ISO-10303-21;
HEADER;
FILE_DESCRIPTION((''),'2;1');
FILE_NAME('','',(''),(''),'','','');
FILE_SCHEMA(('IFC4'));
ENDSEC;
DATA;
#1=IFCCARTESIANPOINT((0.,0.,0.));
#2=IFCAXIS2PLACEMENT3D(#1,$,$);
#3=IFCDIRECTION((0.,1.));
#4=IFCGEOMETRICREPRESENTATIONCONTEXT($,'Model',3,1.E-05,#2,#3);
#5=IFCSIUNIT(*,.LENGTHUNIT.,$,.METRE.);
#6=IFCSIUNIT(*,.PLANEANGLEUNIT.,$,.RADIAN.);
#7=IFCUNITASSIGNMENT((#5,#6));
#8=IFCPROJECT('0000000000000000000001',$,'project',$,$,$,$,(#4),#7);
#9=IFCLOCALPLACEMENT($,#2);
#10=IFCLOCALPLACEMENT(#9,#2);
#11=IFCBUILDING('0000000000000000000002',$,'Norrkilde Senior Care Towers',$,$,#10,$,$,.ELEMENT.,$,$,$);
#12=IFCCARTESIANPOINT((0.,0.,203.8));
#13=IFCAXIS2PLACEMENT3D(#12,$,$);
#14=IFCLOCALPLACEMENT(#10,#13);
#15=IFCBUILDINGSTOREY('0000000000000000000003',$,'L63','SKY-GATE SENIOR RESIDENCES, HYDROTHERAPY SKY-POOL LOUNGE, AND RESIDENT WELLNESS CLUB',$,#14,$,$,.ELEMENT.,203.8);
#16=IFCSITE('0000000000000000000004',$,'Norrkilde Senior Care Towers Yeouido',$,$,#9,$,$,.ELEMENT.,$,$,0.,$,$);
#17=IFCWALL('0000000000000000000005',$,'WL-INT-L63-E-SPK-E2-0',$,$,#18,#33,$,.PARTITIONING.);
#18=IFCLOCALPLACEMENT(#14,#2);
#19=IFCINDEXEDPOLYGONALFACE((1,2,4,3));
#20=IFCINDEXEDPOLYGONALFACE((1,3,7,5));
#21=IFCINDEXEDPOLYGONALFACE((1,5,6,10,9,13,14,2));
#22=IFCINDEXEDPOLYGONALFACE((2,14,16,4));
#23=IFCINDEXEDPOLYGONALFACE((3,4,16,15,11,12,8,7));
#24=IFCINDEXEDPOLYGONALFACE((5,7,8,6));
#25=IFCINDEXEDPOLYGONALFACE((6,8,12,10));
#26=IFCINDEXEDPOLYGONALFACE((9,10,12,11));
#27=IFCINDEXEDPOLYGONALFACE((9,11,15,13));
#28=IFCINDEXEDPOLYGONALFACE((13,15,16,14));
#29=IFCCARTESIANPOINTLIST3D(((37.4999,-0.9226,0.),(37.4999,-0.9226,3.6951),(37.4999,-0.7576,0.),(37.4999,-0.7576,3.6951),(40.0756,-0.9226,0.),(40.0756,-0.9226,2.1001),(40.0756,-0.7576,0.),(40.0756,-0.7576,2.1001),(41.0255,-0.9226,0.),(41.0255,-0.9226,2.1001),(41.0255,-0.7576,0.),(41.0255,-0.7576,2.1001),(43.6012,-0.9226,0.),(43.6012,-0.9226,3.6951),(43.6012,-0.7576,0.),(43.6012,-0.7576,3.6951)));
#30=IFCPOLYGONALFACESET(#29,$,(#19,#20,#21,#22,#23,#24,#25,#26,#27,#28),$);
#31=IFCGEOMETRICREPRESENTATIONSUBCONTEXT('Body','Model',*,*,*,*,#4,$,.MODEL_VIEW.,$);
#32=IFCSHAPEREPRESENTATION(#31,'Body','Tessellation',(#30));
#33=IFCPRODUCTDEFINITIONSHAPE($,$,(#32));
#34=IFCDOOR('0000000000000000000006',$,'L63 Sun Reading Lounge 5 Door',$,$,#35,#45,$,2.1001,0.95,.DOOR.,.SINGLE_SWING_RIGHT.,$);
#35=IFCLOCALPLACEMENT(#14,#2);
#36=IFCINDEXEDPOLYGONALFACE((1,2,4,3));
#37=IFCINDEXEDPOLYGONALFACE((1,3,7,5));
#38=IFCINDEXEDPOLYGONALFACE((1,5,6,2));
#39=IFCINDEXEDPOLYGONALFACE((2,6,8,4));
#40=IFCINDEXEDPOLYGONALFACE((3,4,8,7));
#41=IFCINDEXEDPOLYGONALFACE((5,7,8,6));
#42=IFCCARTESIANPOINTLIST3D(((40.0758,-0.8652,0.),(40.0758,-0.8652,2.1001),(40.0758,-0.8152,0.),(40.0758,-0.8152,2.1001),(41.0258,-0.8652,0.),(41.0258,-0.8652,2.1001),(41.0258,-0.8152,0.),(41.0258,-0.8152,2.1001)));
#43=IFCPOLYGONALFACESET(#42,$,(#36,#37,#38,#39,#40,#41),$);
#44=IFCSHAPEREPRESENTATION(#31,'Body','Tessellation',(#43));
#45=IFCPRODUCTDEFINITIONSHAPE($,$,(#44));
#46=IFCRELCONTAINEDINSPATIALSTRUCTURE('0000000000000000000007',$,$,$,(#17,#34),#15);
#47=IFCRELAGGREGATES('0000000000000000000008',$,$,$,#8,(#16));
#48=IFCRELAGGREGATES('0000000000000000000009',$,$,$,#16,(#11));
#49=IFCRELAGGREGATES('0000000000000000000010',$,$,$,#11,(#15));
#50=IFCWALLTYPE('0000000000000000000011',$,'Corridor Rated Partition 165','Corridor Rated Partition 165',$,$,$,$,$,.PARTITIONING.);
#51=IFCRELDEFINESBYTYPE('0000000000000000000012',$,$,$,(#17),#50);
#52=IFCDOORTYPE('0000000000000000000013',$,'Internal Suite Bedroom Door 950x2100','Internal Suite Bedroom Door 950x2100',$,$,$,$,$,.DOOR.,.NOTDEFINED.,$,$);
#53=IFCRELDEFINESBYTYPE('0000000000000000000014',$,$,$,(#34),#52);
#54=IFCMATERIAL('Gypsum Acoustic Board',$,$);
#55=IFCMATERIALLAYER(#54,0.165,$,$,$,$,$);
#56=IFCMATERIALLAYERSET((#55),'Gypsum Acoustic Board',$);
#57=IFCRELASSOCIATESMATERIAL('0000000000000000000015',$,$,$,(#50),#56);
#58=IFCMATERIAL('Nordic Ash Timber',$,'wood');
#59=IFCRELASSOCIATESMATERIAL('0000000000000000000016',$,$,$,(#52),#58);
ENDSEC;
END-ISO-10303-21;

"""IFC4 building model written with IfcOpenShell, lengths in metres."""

from ifc_helpers import new_model, si_unit, direction, frame, frame_2d, origin, place, context, subcontext, project, spatial, rectangle, extrude, source, transform, mapped, material, layer, layer_set, type_object, type_shapes, element, fill, save


model = new_model("IFC4")

# Units and contexts
model_context = context("Model", 3, precision=1e-05, world=origin(), true_north=direction((0.0, 1.0)))
body_context = subcontext(model_context, "Body", "Model", "MODEL_VIEW")
ifc_project = project(units=[si_unit("LENGTHUNIT", "METRE"), si_unit("PLANEANGLEUNIT", "RADIAN")], contexts=[model_context])

# Site, building, storey
site_placement = place(None, origin())
site = spatial("IfcSite", under=ifc_project, at=site_placement, Name="Norrkilde Senior Care Towers Yeouido", CompositionType="ELEMENT", RefElevation=0.0)
building_placement = place(site_placement, origin())
building = spatial("IfcBuilding", under=site, at=building_placement, Name="Norrkilde Senior Care Towers", CompositionType="ELEMENT")
storey_placement = place(building_placement, frame((0.0, 0.0, 203.8)))
storey = spatial("IfcBuildingStorey", under=building, at=storey_placement, Name="L63", Description="SKY-GATE SENIOR RESIDENCES, HYDROTHERAPY SKY-POOL LOUNGE, AND RESIDENT WELLNESS CLUB", CompositionType="ELEMENT", Elevation=203.8)

# Shared definitions
ifc_material_1 = material(Name="Gypsum Acoustic Board")
ifc_layer_1 = layer(ifc_material_1, 0.165)
ifc_layer_set_1 = layer_set([ifc_layer_1], Name="Gypsum Acoustic Board")
wall_type_1 = type_object("IfcWallType", Name="Corridor Rated Partition 165", Description="Corridor Rated Partition 165", PredefinedType="PARTITIONING", material=ifc_layer_set_1)

# Shared definitions
ifc_material_2 = material(Name="Nordic Ash Timber", Category="wood")

# Wall, opening, door
shared_shape_1 = source(origin(), body_context, "Body", "SweptSolid", [
    extrude(rectangle(XDim=6.1013, YDim=0.165, at=frame_2d((3.0508, 0.0))), origin(), (0.0, 0.0, 1.0), 3.6951),
])
door_type_1 = type_object("IfcDoorType", Name="Internal Suite Bedroom Door 950x2100", Description="Internal Suite Bedroom Door 950x2100", OperationType="NOTDEFINED", PredefinedType="DOOR", material=ifc_material_2)
shared_shape_2 = source(origin(), body_context, "Body", "SweptSolid", [
    extrude(rectangle(XDim=0.95, YDim=2.1001, at=frame_2d((0.4751, 1.05))), frame((0.0, 0.0249, 0.0), z_axis=(0.0, -1.0, 0.0), x_axis=(1.0, 0.0, 0.0)), (0.0, 0.0, 1.0), 0.05),
])
type_shapes(door_type_1, [shared_shape_2])
wall_1_placement = place(storey_placement, frame((43.6013, -0.8401, 0.0), z_axis=(0.0, 0.0, 1.0), x_axis=(-1.0, 0.0, 0.0)))
wall_1 = element("IfcWall", 1, at=wall_1_placement, inside=storey, type_object=wall_type_1, Name="WL-INT-L63-E-SPK-E2-0", PredefinedType="PARTITIONING", context=body_context, shape_type="MappedRepresentation", body=[
    mapped(shared_shape_1, transform((0.0, 0.0, 0.0), x_axis=(1.0, 0.0, 0.0), y_axis=(0.0, 1.0, 0.0), z_axis=(0.0, 0.0, 1.0), scale=1.0)),
])
opening_1_placement = place(wall_1_placement, frame((2.5757, 0.0, 0.0)))
opening_1 = element("IfcOpeningElement", 2, at=opening_1_placement, cuts=wall_1, PredefinedType="OPENING", context=body_context, shape_type="SweptSolid", body=[
    extrude(rectangle(XDim=0.95, YDim=2.1001, at=frame_2d((0.4751, 1.05))), frame((0.0, 0.0925, 0.0), z_axis=(0.0, -1.0, 0.0), x_axis=(1.0, 0.0, 0.0)), (0.0, 0.0, 1.0), 0.1851),
])
door_1_placement = place(opening_1_placement, frame((0.95, 0.0, 0.0), z_axis=(0.0, 0.0, 1.0), x_axis=(-1.0, 0.0, 0.0)))
door_1 = element("IfcDoor", 3, at=door_1_placement, inside=storey, type_object=door_type_1, Name="L63 Sun Reading Lounge 5 Door", OperationType="SINGLE_SWING_RIGHT", OverallHeight=2.1001, OverallWidth=0.95, PredefinedType="DOOR", context=body_context, shape_type="MappedRepresentation", body=[
    mapped(shared_shape_2, transform((0.0, 0.0, 0.0), x_axis=(1.0, 0.0, 0.0), y_axis=(0.0, 1.0, 0.0), z_axis=(0.0, 0.0, 1.0), scale=1.0)),
])
fill(opening_1, door_1)

save(model, "model.ifc")
